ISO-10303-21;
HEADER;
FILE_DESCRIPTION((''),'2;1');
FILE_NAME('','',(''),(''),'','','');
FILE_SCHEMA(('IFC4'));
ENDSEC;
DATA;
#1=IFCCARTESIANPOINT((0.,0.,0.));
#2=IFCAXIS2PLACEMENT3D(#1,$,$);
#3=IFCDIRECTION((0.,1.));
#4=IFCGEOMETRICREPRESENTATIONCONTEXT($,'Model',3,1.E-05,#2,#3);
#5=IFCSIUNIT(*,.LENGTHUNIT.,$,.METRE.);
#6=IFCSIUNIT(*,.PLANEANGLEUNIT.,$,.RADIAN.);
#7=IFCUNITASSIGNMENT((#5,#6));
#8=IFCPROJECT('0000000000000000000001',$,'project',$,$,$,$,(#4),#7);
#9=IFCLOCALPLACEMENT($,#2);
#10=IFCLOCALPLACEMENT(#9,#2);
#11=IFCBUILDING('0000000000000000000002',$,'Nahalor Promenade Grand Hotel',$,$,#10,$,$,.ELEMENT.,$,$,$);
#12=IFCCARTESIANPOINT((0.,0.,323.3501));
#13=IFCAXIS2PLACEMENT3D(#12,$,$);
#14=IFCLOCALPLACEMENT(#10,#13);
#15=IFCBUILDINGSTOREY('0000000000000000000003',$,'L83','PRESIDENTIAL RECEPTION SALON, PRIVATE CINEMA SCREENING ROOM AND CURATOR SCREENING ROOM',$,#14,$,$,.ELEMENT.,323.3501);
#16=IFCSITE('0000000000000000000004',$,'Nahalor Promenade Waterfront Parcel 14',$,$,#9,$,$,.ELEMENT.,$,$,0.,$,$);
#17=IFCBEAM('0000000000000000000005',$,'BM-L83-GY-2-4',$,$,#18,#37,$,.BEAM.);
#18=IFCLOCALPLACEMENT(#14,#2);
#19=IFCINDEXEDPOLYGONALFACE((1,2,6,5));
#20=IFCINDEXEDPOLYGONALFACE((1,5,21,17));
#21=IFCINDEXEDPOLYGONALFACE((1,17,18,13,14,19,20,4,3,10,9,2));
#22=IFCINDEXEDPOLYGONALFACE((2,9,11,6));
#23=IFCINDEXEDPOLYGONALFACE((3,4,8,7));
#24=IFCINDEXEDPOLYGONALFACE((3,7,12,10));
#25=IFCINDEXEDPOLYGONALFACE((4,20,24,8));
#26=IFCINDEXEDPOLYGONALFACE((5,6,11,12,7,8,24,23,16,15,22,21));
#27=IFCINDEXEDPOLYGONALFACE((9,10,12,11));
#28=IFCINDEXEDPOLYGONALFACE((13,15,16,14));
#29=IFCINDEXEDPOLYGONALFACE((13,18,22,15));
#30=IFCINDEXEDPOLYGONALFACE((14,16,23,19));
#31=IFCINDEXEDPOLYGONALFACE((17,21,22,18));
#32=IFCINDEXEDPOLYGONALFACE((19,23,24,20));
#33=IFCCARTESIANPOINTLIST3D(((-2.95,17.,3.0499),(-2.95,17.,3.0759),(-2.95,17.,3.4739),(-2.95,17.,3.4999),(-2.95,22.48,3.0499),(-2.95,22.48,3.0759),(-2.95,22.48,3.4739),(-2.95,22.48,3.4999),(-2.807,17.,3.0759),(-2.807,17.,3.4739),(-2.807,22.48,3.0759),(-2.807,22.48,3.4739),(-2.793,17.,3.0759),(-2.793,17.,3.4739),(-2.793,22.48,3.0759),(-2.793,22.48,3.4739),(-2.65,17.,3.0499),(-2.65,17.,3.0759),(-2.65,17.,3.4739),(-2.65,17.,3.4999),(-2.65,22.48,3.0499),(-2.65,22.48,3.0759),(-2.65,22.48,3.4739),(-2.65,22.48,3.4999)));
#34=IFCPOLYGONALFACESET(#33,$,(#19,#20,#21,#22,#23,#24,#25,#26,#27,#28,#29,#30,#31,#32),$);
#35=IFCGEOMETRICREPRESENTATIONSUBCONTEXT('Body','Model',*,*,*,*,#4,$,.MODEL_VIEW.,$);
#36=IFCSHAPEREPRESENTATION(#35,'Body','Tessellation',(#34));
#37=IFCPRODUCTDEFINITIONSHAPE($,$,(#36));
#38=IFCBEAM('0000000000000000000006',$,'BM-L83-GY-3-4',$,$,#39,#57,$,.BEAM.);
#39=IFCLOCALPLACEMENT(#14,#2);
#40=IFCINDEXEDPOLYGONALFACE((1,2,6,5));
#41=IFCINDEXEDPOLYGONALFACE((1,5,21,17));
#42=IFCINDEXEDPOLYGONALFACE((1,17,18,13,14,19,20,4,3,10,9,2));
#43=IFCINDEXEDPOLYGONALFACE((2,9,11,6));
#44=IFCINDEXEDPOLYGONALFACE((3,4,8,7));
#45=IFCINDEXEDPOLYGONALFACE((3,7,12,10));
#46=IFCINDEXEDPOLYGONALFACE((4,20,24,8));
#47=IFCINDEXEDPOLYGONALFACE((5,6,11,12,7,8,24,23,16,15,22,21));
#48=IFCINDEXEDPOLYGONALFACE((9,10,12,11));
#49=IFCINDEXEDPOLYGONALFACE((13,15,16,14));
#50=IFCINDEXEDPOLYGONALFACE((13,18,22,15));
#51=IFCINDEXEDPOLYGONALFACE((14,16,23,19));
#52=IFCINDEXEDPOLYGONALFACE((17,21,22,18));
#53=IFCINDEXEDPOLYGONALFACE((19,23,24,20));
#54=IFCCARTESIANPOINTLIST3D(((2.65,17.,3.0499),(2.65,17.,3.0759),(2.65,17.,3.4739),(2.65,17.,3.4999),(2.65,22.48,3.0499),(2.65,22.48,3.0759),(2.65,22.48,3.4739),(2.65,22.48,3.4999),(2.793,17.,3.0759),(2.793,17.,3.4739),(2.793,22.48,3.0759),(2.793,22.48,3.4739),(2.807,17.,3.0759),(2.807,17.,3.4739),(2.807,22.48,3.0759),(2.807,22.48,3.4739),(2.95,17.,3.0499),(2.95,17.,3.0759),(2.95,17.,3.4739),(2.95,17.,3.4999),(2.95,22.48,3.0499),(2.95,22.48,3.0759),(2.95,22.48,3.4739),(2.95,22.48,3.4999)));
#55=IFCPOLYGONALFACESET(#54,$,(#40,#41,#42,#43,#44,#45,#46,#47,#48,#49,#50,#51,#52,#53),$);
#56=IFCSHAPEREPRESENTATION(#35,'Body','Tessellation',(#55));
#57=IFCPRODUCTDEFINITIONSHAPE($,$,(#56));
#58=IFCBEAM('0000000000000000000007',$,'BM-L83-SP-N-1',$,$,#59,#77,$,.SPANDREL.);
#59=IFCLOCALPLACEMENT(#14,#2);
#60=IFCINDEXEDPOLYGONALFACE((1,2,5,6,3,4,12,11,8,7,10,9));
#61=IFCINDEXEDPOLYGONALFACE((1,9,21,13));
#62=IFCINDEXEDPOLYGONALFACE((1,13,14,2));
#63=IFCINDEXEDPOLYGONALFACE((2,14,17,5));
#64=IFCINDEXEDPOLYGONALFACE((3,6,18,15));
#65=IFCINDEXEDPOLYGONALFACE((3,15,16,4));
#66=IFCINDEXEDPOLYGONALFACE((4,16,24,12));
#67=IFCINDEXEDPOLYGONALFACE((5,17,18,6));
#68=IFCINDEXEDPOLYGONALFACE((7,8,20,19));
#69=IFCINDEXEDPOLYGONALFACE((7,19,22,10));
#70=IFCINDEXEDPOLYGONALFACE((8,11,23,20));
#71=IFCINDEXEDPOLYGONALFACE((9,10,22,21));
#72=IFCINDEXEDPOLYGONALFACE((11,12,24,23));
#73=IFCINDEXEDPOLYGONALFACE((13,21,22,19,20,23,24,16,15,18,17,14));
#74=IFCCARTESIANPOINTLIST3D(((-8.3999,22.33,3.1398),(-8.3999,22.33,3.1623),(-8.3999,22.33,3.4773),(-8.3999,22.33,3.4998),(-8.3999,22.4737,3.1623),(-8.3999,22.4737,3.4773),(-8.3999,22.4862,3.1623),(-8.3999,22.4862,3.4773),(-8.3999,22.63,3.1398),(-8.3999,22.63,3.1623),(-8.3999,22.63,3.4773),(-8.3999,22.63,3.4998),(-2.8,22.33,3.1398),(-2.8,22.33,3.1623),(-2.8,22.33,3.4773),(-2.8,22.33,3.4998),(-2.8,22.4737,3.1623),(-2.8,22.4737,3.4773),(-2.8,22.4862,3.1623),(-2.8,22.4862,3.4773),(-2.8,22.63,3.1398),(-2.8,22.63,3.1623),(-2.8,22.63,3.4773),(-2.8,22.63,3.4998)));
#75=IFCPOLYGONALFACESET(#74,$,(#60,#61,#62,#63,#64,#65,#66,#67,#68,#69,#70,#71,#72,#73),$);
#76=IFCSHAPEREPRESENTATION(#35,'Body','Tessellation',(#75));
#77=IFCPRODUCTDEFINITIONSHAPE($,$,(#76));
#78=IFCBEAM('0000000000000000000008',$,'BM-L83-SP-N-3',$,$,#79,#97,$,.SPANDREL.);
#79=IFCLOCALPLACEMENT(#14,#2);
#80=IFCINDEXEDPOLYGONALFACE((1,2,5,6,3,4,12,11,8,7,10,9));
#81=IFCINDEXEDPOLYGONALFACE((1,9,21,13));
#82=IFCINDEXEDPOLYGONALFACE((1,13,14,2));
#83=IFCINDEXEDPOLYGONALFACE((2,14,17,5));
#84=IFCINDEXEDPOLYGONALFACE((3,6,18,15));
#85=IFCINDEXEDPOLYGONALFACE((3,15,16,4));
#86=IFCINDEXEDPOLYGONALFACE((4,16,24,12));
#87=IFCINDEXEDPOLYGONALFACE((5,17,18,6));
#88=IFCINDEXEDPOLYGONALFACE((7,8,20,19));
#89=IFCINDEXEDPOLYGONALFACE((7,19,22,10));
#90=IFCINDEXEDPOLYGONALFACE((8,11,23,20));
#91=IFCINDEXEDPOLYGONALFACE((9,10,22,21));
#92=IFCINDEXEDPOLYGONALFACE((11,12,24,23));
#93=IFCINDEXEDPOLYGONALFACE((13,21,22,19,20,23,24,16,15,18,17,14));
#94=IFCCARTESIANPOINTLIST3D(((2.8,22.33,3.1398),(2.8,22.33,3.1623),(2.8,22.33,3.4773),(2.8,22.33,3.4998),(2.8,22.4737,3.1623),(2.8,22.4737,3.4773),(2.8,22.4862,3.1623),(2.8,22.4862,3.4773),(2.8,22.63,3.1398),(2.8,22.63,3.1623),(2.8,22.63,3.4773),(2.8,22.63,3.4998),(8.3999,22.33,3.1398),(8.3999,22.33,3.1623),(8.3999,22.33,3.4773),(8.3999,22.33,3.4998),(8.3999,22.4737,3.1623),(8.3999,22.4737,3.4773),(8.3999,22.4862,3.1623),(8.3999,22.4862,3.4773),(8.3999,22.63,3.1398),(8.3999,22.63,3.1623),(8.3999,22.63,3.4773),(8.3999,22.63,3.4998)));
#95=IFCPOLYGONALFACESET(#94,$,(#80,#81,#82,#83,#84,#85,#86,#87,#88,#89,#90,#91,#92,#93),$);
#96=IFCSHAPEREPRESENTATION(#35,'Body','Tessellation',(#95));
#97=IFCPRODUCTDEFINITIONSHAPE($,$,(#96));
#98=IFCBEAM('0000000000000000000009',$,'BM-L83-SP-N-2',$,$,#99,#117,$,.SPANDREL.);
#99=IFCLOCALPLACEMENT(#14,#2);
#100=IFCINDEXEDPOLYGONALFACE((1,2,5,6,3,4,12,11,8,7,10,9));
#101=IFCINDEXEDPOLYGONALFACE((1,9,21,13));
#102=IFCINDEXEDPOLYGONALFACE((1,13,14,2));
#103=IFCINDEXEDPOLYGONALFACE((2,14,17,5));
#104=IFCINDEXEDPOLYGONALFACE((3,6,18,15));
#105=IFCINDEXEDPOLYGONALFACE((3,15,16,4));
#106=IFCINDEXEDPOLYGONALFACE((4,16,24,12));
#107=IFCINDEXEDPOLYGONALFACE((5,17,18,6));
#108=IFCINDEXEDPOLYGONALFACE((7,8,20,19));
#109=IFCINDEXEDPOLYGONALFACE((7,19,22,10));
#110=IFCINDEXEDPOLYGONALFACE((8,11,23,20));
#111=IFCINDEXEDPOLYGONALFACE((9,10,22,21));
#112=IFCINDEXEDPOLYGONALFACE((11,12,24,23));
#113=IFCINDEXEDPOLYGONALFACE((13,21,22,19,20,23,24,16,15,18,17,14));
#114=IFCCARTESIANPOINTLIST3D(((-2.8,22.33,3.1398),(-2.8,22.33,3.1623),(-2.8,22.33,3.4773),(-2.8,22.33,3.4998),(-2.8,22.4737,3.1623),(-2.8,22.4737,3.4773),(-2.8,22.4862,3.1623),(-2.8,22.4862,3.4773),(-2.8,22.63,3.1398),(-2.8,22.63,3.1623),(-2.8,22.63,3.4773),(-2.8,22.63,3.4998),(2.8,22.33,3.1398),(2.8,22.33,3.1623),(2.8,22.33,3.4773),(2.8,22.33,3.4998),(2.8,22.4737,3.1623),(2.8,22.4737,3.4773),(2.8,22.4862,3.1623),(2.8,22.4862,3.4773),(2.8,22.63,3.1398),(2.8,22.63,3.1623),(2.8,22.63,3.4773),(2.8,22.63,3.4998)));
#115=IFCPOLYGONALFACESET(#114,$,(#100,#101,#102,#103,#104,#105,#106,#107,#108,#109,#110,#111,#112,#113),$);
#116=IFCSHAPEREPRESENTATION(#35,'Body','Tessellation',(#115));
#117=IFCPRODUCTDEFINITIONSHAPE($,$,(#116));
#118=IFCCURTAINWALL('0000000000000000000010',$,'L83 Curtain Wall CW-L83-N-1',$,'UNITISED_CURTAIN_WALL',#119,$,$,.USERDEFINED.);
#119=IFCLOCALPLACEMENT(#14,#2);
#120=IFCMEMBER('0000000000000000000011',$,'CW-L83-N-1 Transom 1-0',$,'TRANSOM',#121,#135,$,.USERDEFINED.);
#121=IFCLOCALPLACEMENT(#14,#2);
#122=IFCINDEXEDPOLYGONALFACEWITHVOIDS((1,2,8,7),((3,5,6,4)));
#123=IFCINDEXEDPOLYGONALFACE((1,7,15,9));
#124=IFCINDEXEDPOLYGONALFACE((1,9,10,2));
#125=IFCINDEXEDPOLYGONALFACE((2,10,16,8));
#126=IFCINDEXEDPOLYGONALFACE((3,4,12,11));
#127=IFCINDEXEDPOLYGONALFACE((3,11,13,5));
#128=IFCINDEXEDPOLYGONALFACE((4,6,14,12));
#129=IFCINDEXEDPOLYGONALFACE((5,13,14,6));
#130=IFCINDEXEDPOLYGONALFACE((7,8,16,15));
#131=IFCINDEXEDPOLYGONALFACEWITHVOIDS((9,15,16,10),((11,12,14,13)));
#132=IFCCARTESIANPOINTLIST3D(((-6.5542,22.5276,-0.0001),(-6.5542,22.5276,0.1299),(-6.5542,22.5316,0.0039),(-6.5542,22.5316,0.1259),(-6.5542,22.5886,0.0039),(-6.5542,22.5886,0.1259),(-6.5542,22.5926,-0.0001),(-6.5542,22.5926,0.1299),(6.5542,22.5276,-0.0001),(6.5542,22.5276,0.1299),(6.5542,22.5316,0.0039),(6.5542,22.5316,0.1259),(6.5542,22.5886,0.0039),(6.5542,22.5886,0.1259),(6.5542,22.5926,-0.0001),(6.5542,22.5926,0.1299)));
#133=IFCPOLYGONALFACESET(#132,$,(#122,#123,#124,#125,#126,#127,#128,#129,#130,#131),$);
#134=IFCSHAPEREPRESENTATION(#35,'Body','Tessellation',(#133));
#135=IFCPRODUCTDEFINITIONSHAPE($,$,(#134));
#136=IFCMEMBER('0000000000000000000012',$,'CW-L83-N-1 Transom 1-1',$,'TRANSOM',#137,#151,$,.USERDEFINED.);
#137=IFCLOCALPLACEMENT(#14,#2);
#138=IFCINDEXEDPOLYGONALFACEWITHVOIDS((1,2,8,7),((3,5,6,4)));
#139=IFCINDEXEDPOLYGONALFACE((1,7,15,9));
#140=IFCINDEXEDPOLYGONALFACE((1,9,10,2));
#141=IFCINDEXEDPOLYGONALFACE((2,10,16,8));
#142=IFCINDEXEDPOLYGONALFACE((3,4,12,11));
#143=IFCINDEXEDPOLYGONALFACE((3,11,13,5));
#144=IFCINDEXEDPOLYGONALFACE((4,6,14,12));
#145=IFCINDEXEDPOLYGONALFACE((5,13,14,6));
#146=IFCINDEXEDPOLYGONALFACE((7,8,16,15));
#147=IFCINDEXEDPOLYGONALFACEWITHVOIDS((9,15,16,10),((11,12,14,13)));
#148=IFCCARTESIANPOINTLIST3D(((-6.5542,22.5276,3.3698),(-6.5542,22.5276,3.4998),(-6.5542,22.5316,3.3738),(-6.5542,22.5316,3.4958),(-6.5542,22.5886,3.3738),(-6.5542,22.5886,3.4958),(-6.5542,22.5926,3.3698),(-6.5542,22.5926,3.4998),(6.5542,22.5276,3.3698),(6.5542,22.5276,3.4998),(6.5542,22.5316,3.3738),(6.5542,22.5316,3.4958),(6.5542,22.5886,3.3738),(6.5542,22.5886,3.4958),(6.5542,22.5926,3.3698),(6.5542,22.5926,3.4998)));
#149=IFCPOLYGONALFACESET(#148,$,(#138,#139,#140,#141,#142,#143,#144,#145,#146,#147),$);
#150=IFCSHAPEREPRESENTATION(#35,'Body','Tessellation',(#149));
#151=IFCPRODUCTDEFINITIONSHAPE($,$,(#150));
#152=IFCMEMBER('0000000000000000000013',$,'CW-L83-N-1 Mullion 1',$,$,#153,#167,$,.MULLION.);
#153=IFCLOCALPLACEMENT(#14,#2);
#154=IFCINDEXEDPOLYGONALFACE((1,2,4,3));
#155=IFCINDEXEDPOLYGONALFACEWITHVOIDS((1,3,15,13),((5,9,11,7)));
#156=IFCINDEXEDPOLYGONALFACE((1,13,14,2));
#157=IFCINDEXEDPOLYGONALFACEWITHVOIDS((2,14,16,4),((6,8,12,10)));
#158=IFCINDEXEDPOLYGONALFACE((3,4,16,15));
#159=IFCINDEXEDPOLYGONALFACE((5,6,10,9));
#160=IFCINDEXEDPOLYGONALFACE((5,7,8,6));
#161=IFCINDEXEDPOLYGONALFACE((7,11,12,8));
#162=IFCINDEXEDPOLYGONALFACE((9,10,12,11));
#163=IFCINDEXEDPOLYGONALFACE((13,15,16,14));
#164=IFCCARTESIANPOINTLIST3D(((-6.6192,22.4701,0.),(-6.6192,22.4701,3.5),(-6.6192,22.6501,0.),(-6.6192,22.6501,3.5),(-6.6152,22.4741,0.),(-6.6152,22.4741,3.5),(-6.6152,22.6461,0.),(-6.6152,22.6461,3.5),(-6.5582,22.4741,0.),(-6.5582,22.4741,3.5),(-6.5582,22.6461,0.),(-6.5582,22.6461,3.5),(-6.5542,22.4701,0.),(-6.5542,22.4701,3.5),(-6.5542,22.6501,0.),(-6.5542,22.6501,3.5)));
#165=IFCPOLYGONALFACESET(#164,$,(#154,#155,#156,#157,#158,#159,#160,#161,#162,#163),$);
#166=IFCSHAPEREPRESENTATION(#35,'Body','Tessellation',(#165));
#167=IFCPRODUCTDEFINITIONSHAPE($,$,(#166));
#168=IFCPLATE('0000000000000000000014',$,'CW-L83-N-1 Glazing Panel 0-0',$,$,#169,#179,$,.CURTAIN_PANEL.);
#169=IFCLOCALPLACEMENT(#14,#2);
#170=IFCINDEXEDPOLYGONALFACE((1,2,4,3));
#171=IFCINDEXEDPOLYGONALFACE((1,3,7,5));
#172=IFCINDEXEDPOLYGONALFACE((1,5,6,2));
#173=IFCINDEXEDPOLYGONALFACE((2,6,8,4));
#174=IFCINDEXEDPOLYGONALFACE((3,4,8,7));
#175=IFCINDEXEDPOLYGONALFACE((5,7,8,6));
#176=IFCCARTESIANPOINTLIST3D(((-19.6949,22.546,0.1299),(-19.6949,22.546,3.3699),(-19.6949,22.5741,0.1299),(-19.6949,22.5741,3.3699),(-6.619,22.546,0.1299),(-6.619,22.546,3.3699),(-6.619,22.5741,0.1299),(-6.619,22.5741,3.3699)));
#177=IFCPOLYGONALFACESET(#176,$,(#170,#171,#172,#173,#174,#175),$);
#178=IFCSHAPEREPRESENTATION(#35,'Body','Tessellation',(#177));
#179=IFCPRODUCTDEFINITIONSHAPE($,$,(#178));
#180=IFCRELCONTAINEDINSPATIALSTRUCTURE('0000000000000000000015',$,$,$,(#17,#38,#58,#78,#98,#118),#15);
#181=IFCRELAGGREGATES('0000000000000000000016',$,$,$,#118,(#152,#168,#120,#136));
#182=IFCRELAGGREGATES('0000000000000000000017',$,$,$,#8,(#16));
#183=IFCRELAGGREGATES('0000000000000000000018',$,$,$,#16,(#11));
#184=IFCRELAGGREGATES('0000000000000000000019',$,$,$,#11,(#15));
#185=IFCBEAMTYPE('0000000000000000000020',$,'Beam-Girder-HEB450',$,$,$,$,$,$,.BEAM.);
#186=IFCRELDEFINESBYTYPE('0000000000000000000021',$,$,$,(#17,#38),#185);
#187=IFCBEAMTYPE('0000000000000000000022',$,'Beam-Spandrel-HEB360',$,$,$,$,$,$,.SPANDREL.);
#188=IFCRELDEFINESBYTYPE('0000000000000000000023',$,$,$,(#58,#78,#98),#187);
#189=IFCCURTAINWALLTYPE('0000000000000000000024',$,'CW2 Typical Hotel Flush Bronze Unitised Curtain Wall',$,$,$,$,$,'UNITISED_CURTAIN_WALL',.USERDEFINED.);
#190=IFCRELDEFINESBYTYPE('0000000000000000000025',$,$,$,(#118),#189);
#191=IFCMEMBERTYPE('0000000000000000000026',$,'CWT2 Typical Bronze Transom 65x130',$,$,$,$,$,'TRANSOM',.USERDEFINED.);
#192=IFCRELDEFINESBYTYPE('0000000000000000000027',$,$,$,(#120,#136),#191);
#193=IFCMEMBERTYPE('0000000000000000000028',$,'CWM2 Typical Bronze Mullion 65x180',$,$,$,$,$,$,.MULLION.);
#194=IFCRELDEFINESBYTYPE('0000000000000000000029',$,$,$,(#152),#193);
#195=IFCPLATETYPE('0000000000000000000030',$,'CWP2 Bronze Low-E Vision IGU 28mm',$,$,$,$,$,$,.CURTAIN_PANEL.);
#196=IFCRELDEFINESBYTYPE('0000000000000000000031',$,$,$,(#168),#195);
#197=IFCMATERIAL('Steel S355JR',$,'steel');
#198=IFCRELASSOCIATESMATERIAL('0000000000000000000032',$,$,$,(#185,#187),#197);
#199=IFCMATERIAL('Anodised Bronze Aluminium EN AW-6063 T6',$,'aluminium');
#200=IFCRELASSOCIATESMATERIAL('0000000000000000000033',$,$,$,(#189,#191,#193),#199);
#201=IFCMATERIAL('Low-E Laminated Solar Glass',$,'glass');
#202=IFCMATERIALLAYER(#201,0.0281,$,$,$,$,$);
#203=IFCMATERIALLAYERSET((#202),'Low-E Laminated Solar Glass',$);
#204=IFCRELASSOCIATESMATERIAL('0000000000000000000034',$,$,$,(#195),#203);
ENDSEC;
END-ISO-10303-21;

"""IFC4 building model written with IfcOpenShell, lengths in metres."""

from ifc_helpers import new_model, si_unit, direction, frame, origin, origin_2d, place, context, subcontext, project, spatial, rectangle, hollow_rectangle, i_section, extrude, source, transform, mapped, material, layer, layer_set, material_profile, profile_set, type_object, element, aggregate, save


model = new_model("IFC4")

# Units and contexts
model_context = context("Model", 3, precision=1e-05, world=origin(), true_north=direction((0.0, 1.0)))
body_context = subcontext(model_context, "Body", "Model", "MODEL_VIEW")
ifc_project = project(units=[si_unit("LENGTHUNIT", "METRE"), si_unit("PLANEANGLEUNIT", "RADIAN")], contexts=[model_context])

# Site, building, storey
site_placement = place(None, origin())
site = spatial("IfcSite", under=ifc_project, at=site_placement, Name="Nahalor Promenade Waterfront Parcel 14", CompositionType="ELEMENT", RefElevation=0.0)
building_placement = place(site_placement, origin())
building = spatial("IfcBuilding", under=site, at=building_placement, Name="Nahalor Promenade Grand Hotel", CompositionType="ELEMENT")
storey_placement = place(building_placement, frame((0.0, 0.0, 323.3501)))
storey = spatial("IfcBuildingStorey", under=building, at=storey_placement, Name="L83", Description="PRESIDENTIAL RECEPTION SALON, PRIVATE CINEMA SCREENING ROOM AND CURATOR SCREENING ROOM", CompositionType="ELEMENT", Elevation=323.3501)

# Shared definitions
ifc_material_1 = material(Name="Steel S355JR", Category="steel")

# Beams
ifc_material_profile_1 = material_profile(ifc_material_1, i_section(OverallWidth=0.3, OverallDepth=0.45, WebThickness=0.014, FlangeThickness=0.026, at=origin_2d()), Name="HEB 450")
ifc_profile_set_1 = profile_set([ifc_material_profile_1], Name="Steel S355JR")
beam_type_1 = type_object("IfcBeamType", Name="Beam-Girder-HEB450", PredefinedType="BEAM", material=ifc_profile_set_1)
shared_shape_1 = source(origin(), body_context, "Body", "SweptSolid", [
    extrude(i_section(OverallWidth=0.3, OverallDepth=0.45, WebThickness=0.014, FlangeThickness=0.026, at=origin_2d()), origin(), (0.0, 0.0, 1.0), 5.48),
])
for number, where, z_axis, x_axis, name in (
    (1, (-2.8, 17.0, 3.2749), (0.0, 1.0, 0.0), (-1.0, 0.0, 0.0), "BM-L83-GY-2-4"),
    (2, (2.8, 17.0, 3.2749), (0.0, 1.0, 0.0), (-1.0, 0.0, 0.0), "BM-L83-GY-3-4"),
):
    element("IfcBeam", number, at=place(storey_placement, frame(where, z_axis=z_axis, x_axis=x_axis)), inside=storey, type_object=beam_type_1, Name=name, PredefinedType="BEAM", context=body_context, shape_type="MappedRepresentation", body=[
        mapped(shared_shape_1, transform((0.0, 0.0, 0.0), scale=1.0)),
    ])
ifc_material_profile_2 = material_profile(ifc_material_1, i_section(OverallWidth=0.3, OverallDepth=0.36, WebThickness=0.0125, FlangeThickness=0.0225, at=origin_2d()), Name="HEB 360")
ifc_profile_set_2 = profile_set([ifc_material_profile_2], Name="Steel S355JR")
beam_type_2 = type_object("IfcBeamType", Name="Beam-Spandrel-HEB360", PredefinedType="SPANDREL", material=ifc_profile_set_2)
shared_shape_2 = source(origin(), body_context, "Body", "SweptSolid", [
    extrude(i_section(OverallWidth=0.3, OverallDepth=0.36, WebThickness=0.0125, FlangeThickness=0.0225, at=origin_2d()), origin(), (0.0, 0.0, 1.0), 5.5999),
])
for number, where, z_axis, x_axis, name in (
    (3, (-8.3999, 22.48, 3.3198), (1.0, 0.0, 0.0), (0.0, 1.0, 0.0), "BM-L83-SP-N-1"),
    (4, (2.8, 22.48, 3.3198), (1.0, 0.0, 0.0), (0.0, 1.0, 0.0), "BM-L83-SP-N-3"),
):
    element("IfcBeam", number, at=place(storey_placement, frame(where, z_axis=z_axis, x_axis=x_axis)), inside=storey, type_object=beam_type_2, Name=name, PredefinedType="SPANDREL", context=body_context, shape_type="MappedRepresentation", body=[
        mapped(shared_shape_2, transform((0.0, 0.0, 0.0), scale=1.0)),
    ])
shared_shape_3 = source(origin(), body_context, "Body", "SweptSolid", [
    extrude(i_section(OverallWidth=0.3, OverallDepth=0.36, WebThickness=0.0125, FlangeThickness=0.0225, at=origin_2d()), origin(), (0.0, 0.0, 1.0), 5.6001),
])
beam_1_placement = place(storey_placement, frame((-2.8, 22.48, 3.3198), z_axis=(1.0, 0.0, 0.0), x_axis=(0.0, 1.0, 0.0)))
element("IfcBeam", 5, at=beam_1_placement, inside=storey, type_object=beam_type_2, Name="BM-L83-SP-N-2", PredefinedType="SPANDREL", context=body_context, shape_type="MappedRepresentation", body=[
    mapped(shared_shape_3, transform((0.0, 0.0, 0.0), scale=1.0)),
])

# Curtain wall, members, plate
ifc_material_2 = material(Name="Anodised Bronze Aluminium EN AW-6063 T6", Category="aluminium")
curtain_wall_type = type_object("IfcCurtainWallType", Name="CW2 Typical Hotel Flush Bronze Unitised Curtain Wall", ElementType="UNITISED_CURTAIN_WALL", PredefinedType="USERDEFINED", material=ifc_material_2)
curtain_wall_placement = place(storey_placement, origin())
curtain_wall = element("IfcCurtainWall", 6, at=curtain_wall_placement, inside=storey, type_object=curtain_wall_type, Name="L83 Curtain Wall CW-L83-N-1", ObjectType="UNITISED_CURTAIN_WALL", PredefinedType="USERDEFINED")
ifc_material_profile_3 = material_profile(ifc_material_2, hollow_rectangle(XDim=0.065, YDim=0.13, WallThickness=0.004, at=origin_2d()), Name="CWT 65x130x4")
ifc_profile_set_3 = profile_set([ifc_material_profile_3], Name="Anodised Bronze Aluminium EN AW-6063 T6")
member_type_1 = type_object("IfcMemberType", Name="CWT2 Typical Bronze Transom 65x130", ElementType="TRANSOM", PredefinedType="USERDEFINED", material=ifc_profile_set_3)
shared_shape_4 = source(origin(), body_context, "Body", "SweptSolid", [
    extrude(hollow_rectangle(XDim=0.065, YDim=0.13, WallThickness=0.004, at=origin_2d()), origin(), (0.0, 0.0, 1.0), 13.1084),
])
member_1_placement = place(storey_placement, frame((-6.5542, 22.5601, 0.0649), z_axis=(1.0, 0.0, 0.0), x_axis=(0.0, 1.0, 0.0)))
member_1 = element("IfcMember", 7, at=member_1_placement, type_object=member_type_1, Name="CW-L83-N-1 Transom 1-0", ObjectType="TRANSOM", PredefinedType="USERDEFINED", context=body_context, shape_type="MappedRepresentation", body=[
    mapped(shared_shape_4, transform((0.0, 0.0, 0.0), scale=1.0)),
])
member_2_placement = place(storey_placement, frame((-6.5542, 22.5601, 3.4348), z_axis=(1.0, 0.0, 0.0), x_axis=(0.0, 1.0, 0.0)))
member_2 = element("IfcMember", 8, at=member_2_placement, type_object=member_type_1, Name="CW-L83-N-1 Transom 1-1", ObjectType="TRANSOM", PredefinedType="USERDEFINED", context=body_context, shape_type="MappedRepresentation", body=[
    mapped(shared_shape_4, transform((0.0, 0.0, 0.0), scale=1.0)),
])
ifc_material_profile_4 = material_profile(ifc_material_2, hollow_rectangle(XDim=0.065, YDim=0.18, WallThickness=0.004, at=origin_2d()), Name="CWM 65x180x4")
ifc_profile_set_4 = profile_set([ifc_material_profile_4], Name="Anodised Bronze Aluminium EN AW-6063 T6")
member_type_2 = type_object("IfcMemberType", Name="CWM2 Typical Bronze Mullion 65x180", PredefinedType="MULLION", material=ifc_profile_set_4)
shared_shape_5 = source(origin(), body_context, "Body", "SweptSolid", [
    extrude(hollow_rectangle(XDim=0.065, YDim=0.18, WallThickness=0.004, at=origin_2d()), origin(), (0.0, 0.0, 1.0), 3.5),
])
member_3_placement = place(storey_placement, frame((-6.5867, 22.5601, 0.0), z_axis=(0.0, 0.0, 1.0), x_axis=(1.0, 0.0, 0.0)))
member_3 = element("IfcMember", 9, at=member_3_placement, type_object=member_type_2, Name="CW-L83-N-1 Mullion 1", PredefinedType="MULLION", context=body_context, shape_type="MappedRepresentation", body=[
    mapped(shared_shape_5, transform((0.0, 0.0, 0.0), scale=1.0)),
])
ifc_material_3 = material(Name="Low-E Laminated Solar Glass", Category="glass")
ifc_layer_1 = layer(ifc_material_3, 0.0281)
ifc_layer_set_1 = layer_set([ifc_layer_1], Name="Low-E Laminated Solar Glass")
plate_type = type_object("IfcPlateType", Name="CWP2 Bronze Low-E Vision IGU 28mm", PredefinedType="CURTAIN_PANEL", material=ifc_layer_set_1)
shared_shape_6 = source(origin(), body_context, "Body", "SweptSolid", [
    extrude(rectangle(XDim=13.0759, YDim=0.0281, at=origin_2d()), origin(), (0.0, 0.0, 1.0), 3.24),
])
plate_1_placement = place(storey_placement, frame((-13.157, 22.5601, 0.1299), z_axis=(0.0, 0.0, 1.0), x_axis=(1.0, 0.0, 0.0)))
plate_1 = element("IfcPlate", 10, at=plate_1_placement, type_object=plate_type, Name="CW-L83-N-1 Glazing Panel 0-0", PredefinedType="CURTAIN_PANEL", context=body_context, shape_type="MappedRepresentation", body=[
    mapped(shared_shape_6, transform((0.0, 0.0, 0.0), scale=1.0)),
])
aggregate(curtain_wall, [member_3, plate_1, member_1, member_2])

save(model, "model.ifc")
